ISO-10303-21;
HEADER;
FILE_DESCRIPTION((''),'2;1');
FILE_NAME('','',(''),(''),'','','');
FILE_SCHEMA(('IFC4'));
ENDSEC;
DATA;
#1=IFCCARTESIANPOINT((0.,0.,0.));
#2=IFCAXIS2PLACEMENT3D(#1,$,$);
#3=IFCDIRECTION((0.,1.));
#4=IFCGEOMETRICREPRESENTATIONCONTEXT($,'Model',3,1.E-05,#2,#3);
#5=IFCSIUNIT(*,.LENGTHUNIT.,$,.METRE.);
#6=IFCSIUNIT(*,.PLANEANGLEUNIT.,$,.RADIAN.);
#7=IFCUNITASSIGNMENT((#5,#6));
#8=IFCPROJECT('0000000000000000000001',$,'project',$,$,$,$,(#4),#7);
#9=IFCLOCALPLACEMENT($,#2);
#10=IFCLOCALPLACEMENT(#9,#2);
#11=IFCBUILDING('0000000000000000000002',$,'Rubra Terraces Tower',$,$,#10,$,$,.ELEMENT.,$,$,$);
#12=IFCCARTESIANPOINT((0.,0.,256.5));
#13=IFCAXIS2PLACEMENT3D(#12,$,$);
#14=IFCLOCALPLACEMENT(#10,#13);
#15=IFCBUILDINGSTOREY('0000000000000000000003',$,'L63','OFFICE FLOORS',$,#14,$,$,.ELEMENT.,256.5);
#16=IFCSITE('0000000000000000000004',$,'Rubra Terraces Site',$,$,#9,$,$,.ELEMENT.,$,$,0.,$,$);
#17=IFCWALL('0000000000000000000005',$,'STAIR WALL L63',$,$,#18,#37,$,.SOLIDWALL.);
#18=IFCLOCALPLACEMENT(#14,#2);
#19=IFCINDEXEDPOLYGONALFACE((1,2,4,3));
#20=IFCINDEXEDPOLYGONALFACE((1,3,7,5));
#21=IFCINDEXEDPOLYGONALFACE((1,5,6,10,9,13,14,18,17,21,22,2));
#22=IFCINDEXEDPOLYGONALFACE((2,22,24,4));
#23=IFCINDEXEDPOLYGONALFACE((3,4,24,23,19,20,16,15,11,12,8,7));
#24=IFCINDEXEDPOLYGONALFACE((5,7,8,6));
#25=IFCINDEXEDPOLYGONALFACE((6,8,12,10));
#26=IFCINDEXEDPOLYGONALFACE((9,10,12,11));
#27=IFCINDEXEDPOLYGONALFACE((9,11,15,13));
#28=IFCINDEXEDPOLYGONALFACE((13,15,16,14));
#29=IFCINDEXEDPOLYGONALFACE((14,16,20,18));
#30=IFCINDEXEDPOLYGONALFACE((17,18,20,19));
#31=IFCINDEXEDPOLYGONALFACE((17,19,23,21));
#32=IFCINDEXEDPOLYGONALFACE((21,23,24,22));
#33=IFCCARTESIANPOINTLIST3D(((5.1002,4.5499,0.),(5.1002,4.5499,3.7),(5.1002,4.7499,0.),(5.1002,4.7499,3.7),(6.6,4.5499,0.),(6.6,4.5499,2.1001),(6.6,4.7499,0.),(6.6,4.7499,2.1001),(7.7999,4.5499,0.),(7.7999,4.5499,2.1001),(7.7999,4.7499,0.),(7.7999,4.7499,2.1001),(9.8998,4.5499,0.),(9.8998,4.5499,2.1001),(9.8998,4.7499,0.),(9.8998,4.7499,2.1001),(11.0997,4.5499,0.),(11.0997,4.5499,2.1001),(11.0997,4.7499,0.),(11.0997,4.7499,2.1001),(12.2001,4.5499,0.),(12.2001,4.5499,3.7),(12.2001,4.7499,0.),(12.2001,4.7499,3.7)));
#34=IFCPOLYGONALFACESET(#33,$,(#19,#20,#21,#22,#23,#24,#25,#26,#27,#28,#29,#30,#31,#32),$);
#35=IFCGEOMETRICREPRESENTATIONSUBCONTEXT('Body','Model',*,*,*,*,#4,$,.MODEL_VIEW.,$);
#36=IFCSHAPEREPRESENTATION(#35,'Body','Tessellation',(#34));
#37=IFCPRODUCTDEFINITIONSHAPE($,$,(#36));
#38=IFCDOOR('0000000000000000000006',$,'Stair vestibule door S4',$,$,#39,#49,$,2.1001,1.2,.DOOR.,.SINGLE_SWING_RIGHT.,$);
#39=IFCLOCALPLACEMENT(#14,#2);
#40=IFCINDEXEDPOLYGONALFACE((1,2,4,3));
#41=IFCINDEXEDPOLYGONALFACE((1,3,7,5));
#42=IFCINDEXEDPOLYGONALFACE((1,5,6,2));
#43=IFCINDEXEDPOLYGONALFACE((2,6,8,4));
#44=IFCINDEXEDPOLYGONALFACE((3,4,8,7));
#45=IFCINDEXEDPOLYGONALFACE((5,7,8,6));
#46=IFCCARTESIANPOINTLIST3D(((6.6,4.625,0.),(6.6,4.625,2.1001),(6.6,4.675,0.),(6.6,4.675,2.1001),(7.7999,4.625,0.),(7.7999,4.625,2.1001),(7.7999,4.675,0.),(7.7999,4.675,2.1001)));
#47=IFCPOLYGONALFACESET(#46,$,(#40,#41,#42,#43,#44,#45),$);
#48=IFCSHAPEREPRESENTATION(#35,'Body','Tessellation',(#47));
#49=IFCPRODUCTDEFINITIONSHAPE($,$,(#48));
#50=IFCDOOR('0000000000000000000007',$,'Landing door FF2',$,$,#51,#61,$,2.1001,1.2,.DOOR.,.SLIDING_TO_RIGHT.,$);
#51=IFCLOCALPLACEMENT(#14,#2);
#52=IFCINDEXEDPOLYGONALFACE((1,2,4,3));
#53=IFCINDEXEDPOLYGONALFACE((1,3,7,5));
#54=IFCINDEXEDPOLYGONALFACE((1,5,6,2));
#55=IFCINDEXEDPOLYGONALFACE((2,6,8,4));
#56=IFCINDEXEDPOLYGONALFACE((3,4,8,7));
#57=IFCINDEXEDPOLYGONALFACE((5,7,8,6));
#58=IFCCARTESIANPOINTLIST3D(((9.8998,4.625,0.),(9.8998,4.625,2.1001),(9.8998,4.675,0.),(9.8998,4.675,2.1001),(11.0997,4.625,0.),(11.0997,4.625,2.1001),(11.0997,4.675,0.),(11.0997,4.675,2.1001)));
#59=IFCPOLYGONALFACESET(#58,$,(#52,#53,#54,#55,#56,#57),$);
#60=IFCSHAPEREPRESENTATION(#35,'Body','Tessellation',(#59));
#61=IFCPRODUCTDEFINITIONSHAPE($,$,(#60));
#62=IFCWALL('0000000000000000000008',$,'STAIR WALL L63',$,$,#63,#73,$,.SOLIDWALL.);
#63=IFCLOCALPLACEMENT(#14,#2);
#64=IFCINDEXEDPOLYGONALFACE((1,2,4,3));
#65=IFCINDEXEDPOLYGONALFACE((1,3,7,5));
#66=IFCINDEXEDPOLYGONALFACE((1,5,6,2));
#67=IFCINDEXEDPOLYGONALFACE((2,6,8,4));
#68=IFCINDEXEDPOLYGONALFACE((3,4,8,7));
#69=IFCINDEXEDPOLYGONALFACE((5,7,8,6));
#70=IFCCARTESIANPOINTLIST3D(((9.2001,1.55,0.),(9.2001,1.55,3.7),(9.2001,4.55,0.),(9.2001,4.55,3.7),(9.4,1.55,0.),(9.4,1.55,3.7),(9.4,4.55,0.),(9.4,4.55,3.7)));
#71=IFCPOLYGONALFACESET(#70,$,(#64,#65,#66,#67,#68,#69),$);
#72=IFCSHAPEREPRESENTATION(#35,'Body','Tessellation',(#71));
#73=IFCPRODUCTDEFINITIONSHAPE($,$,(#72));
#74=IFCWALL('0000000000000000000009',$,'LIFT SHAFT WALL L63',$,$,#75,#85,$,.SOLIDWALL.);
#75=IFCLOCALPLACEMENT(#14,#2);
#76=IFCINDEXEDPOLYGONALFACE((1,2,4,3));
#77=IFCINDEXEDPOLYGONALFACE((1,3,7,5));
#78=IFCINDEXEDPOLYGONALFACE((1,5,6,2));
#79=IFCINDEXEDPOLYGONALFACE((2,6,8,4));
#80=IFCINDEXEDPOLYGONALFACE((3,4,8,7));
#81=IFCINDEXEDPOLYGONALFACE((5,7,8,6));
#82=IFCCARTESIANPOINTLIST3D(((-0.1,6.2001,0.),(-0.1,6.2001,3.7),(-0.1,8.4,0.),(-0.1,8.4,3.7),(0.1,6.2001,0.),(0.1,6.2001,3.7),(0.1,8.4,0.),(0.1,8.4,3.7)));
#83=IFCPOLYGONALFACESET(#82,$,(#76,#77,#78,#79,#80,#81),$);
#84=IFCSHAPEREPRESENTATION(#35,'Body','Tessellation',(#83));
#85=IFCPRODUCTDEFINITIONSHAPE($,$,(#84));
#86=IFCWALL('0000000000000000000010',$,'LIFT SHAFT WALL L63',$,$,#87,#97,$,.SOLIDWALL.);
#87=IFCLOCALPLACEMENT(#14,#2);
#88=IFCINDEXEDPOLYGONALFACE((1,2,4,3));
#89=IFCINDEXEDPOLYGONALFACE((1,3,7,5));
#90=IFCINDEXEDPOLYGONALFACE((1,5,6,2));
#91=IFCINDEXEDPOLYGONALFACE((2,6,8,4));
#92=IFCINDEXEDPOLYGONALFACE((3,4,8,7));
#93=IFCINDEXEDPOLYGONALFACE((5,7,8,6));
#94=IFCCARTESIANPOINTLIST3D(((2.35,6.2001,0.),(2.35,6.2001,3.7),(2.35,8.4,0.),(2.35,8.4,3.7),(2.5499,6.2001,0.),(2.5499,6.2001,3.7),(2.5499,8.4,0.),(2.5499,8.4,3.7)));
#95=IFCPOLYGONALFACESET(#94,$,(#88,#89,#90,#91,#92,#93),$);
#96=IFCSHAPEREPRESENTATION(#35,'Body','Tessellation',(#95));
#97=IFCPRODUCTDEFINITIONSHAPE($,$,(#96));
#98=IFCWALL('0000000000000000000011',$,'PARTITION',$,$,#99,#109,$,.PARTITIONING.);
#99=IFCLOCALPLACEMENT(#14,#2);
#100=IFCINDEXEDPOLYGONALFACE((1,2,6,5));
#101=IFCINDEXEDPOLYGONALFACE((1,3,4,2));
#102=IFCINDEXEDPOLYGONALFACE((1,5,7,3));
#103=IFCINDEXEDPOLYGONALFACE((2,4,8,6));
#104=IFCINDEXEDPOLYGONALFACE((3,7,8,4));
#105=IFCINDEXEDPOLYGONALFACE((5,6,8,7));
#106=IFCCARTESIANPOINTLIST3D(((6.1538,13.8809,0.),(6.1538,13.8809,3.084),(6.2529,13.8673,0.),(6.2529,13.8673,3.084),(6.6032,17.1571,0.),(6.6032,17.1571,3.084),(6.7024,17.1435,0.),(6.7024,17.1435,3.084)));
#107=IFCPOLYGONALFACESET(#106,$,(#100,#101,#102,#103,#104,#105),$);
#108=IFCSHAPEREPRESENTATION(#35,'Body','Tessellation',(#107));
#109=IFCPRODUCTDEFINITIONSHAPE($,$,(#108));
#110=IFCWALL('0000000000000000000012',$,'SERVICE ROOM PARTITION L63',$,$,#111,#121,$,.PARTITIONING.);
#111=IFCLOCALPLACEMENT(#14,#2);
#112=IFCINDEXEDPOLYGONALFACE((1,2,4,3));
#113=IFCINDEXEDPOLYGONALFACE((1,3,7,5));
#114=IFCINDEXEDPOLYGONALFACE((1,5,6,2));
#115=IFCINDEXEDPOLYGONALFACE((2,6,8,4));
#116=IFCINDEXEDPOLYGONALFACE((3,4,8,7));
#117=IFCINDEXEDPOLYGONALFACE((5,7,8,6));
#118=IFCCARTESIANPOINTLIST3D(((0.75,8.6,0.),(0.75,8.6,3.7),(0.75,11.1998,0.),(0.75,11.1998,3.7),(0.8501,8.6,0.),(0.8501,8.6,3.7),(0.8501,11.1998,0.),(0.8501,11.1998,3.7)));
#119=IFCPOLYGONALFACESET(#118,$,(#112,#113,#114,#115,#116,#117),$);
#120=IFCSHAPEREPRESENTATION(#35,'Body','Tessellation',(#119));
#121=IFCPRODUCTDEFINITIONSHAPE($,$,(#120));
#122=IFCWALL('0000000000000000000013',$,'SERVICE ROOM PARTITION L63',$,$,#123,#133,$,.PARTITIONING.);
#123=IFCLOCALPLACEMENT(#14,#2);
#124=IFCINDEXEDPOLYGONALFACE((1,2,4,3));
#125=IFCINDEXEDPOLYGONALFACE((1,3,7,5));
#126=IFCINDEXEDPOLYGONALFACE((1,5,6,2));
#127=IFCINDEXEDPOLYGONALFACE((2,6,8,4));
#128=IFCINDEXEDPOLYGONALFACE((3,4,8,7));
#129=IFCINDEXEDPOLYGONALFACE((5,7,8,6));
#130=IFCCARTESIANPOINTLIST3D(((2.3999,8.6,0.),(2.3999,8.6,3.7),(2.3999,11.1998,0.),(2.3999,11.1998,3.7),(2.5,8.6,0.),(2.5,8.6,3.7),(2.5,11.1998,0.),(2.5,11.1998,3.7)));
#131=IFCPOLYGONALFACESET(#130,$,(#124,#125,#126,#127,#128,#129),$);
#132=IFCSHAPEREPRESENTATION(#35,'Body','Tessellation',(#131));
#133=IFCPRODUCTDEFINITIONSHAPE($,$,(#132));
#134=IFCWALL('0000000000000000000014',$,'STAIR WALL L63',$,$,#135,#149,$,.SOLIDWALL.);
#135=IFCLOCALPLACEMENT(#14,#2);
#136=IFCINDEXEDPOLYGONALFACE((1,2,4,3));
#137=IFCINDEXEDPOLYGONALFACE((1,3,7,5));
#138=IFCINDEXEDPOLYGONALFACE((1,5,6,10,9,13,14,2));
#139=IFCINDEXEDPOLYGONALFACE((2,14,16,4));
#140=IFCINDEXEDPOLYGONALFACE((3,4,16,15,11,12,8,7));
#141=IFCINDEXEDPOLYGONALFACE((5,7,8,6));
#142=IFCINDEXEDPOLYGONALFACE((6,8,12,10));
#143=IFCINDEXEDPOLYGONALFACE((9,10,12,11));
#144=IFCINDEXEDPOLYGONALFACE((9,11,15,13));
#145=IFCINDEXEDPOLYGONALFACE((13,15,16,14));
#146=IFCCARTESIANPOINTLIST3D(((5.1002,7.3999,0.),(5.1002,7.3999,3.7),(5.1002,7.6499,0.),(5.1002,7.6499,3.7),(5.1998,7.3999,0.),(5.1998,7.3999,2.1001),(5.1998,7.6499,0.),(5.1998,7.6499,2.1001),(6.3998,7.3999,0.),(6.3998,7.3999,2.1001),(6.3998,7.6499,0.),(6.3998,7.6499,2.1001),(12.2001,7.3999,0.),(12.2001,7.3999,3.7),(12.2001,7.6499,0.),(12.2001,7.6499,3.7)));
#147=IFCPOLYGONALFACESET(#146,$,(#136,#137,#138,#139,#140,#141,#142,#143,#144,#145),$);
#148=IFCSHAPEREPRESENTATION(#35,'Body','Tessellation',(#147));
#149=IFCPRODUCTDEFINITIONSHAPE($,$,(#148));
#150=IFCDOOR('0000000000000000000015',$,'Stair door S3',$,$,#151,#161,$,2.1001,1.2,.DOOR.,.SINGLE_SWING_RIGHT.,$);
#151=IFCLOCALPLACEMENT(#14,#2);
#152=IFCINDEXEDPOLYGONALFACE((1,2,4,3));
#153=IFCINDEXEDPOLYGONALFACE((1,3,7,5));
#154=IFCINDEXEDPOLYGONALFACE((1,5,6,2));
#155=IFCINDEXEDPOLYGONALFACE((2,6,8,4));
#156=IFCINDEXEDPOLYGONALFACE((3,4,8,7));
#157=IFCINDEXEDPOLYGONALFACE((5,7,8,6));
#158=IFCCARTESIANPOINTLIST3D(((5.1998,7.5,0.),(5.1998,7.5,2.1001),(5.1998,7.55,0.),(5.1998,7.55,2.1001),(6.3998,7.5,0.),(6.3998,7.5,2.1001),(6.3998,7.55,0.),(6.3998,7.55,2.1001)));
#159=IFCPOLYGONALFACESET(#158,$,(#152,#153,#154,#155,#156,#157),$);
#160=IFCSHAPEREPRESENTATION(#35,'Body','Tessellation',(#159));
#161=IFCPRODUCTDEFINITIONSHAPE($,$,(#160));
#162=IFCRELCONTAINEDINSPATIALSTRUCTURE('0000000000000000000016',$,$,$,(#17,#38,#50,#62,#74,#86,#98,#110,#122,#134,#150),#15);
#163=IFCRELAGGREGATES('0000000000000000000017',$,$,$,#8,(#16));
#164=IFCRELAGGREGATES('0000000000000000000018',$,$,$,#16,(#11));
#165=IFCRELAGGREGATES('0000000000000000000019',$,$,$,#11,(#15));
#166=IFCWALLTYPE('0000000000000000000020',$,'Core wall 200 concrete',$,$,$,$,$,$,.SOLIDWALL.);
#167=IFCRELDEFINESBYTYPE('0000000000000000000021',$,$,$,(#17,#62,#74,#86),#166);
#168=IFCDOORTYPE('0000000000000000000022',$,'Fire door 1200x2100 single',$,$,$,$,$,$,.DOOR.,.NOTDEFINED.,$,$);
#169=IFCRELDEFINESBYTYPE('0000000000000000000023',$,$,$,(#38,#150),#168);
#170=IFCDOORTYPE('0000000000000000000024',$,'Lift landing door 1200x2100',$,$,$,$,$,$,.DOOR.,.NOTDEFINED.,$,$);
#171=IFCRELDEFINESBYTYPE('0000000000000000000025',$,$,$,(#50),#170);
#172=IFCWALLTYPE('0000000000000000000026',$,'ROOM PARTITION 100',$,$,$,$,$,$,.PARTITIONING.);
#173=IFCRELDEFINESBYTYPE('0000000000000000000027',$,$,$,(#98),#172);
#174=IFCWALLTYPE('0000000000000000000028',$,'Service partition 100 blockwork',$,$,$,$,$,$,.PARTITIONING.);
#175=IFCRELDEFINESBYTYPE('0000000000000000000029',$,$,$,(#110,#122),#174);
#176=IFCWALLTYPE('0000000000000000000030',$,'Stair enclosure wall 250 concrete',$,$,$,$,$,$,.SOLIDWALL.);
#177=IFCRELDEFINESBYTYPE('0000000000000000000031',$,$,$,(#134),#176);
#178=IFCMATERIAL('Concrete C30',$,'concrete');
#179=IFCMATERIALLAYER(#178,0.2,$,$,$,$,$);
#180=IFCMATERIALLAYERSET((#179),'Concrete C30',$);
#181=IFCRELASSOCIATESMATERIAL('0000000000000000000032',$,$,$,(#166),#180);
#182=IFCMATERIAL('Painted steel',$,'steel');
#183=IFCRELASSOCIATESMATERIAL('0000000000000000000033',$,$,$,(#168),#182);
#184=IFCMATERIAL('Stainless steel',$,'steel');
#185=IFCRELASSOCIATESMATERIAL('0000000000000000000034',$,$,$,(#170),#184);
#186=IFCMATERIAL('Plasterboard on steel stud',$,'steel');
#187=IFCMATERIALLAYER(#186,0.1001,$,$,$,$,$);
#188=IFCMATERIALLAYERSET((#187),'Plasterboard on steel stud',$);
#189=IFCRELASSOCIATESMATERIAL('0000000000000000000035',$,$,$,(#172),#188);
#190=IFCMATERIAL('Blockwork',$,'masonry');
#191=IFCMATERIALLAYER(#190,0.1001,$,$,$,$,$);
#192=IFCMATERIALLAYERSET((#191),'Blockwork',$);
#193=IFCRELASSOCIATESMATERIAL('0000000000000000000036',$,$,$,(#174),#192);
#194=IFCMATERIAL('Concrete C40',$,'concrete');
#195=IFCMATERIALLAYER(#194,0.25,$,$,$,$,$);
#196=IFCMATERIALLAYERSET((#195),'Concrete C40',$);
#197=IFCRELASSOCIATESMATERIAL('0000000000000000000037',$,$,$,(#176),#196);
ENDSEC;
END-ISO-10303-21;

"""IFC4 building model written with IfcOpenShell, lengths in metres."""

from ifc_helpers import new_model, si_unit, direction, frame, frame_2d, origin, place, context, subcontext, project, spatial, rectangle, extrude, material, layer, layer_set, type_object, element, fill, save


model = new_model("IFC4")

# Units and contexts
model_context = context("Model", 3, precision=1e-05, world=origin(), true_north=direction((0.0, 1.0)))
body_context = subcontext(model_context, "Body", "Model", "MODEL_VIEW")
ifc_project = project(units=[si_unit("LENGTHUNIT", "METRE"), si_unit("PLANEANGLEUNIT", "RADIAN")], contexts=[model_context])

# Site, building, storey
site_placement = place(None, origin())
site = spatial("IfcSite", under=ifc_project, at=site_placement, Name="Rubra Terraces Site", CompositionType="ELEMENT", RefElevation=0.0)
building_placement = place(site_placement, origin())
building = spatial("IfcBuilding", under=site, at=building_placement, Name="Rubra Terraces Tower", CompositionType="ELEMENT")
storey_placement = place(building_placement, frame((0.0, 0.0, 256.5)))
storey = spatial("IfcBuildingStorey", under=building, at=storey_placement, Name="L63", Description="OFFICE FLOORS", CompositionType="ELEMENT", Elevation=256.5)

# Shared definitions
ifc_material_1 = material(Name="Concrete C40", Category="concrete")

# Wall, openings, doors
ifc_material_2 = material(Name="Concrete C30", Category="concrete")
ifc_layer_1 = layer(ifc_material_2, 0.2)
ifc_layer_set_1 = layer_set([ifc_layer_1], Name="Concrete C30")
wall_type_1 = type_object("IfcWallType", Name="Core wall 200 concrete", PredefinedType="SOLIDWALL", material=ifc_layer_set_1)
wall_1_placement = place(storey_placement, frame((12.2, 4.6499, 0.0), z_axis=(0.0, 0.0, 1.0), x_axis=(-1.0, 0.0, 0.0)))
wall_1 = element("IfcWall", 1, at=wall_1_placement, inside=storey, type_object=wall_type_1, Name="STAIR WALL L63", PredefinedType="SOLIDWALL", context=body_context, shape_type="SweptSolid", body=[
    extrude(rectangle(XDim=7.0999, YDim=0.2, at=frame_2d((3.5498, 0.0))), origin(), (0.0, 0.0, 1.0), 3.7),
])
opening_1_placement = place(wall_1_placement, frame((4.3999, 0.0, 0.0)))
opening_1 = element("IfcOpeningElement", 2, at=opening_1_placement, cuts=wall_1, PredefinedType="OPENING", context=body_context, shape_type="SweptSolid", body=[
    extrude(rectangle(XDim=1.2, YDim=2.1001, at=frame_2d((0.6001, 1.05))), frame((0.0, 0.1099, 0.0), z_axis=(0.0, -1.0, 0.0), x_axis=(1.0, 0.0, 0.0)), (0.0, 0.0, 1.0), 0.22),
])
opening_2_placement = place(wall_1_placement, frame((1.1001, 0.0, 0.0)))
opening_2 = element("IfcOpeningElement", 3, at=opening_2_placement, cuts=wall_1, PredefinedType="OPENING", context=body_context, shape_type="SweptSolid", body=[
    extrude(rectangle(XDim=1.2, YDim=2.1001, at=frame_2d((0.6001, 1.05))), frame((0.0, 0.1099, 0.0), z_axis=(0.0, -1.0, 0.0), x_axis=(1.0, 0.0, 0.0)), (0.0, 0.0, 1.0), 0.22),
])
ifc_material_3 = material(Name="Painted steel", Category="steel")
door_type_1 = type_object("IfcDoorType", Name="Fire door 1200x2100 single", OperationType="NOTDEFINED", PredefinedType="DOOR", material=ifc_material_3)
door_1_placement = place(opening_1_placement, origin())
door_1 = element("IfcDoor", 4, at=door_1_placement, inside=storey, type_object=door_type_1, Name="Stair vestibule door S4", OperationType="SINGLE_SWING_RIGHT", OverallHeight=2.1001, OverallWidth=1.2, PredefinedType="DOOR", context=body_context, shape_type="SweptSolid", body=[
    extrude(rectangle(XDim=1.2, YDim=2.1001, at=frame_2d((0.6001, 1.05))), frame((0.0, 0.0249, 0.0), z_axis=(0.0, -1.0, 0.0), x_axis=(1.0, 0.0, 0.0)), (0.0, 0.0, 1.0), 0.05),
])
fill(opening_1, door_1)
ifc_material_4 = material(Name="Stainless steel", Category="steel")
door_type_2 = type_object("IfcDoorType", Name="Lift landing door 1200x2100", OperationType="NOTDEFINED", PredefinedType="DOOR", material=ifc_material_4)
door_2_placement = place(opening_2_placement, origin())
door_2 = element("IfcDoor", 5, at=door_2_placement, inside=storey, type_object=door_type_2, Name="Landing door FF2", OperationType="SLIDING_TO_RIGHT", OverallHeight=2.1001, OverallWidth=1.2, PredefinedType="DOOR", context=body_context, shape_type="SweptSolid", body=[
    extrude(rectangle(XDim=1.2, YDim=2.1001, at=frame_2d((0.6001, 1.05))), frame((0.0, 0.0249, 0.0), z_axis=(0.0, -1.0, 0.0), x_axis=(1.0, 0.0, 0.0)), (0.0, 0.0, 1.0), 0.05),
])
fill(opening_2, door_2)

# Walls
wall_2_placement = place(storey_placement, frame((9.3, 4.55, 0.0), z_axis=(0.0, 0.0, 1.0), x_axis=(0.0, -1.0, 0.0)))
element("IfcWall", 6, at=wall_2_placement, inside=storey, type_object=wall_type_1, Name="STAIR WALL L63", PredefinedType="SOLIDWALL", context=body_context, shape_type="SweptSolid", body=[
    extrude(rectangle(XDim=3.0, YDim=0.2, at=frame_2d((1.5, 0.0))), origin(), (0.0, 0.0, 1.0), 3.7),
])
for number, where, z_axis, x_axis, name in (
    (7, (0.0, 6.2, 0.0), (0.0, 0.0, 1.0), (0.0, 1.0, 0.0), "LIFT SHAFT WALL L63"),
    (8, (2.45, 6.2, 0.0), (0.0, 0.0, 1.0), (0.0, 1.0, 0.0), "LIFT SHAFT WALL L63"),
):
    element("IfcWall", number, at=place(storey_placement, frame(where, z_axis=z_axis, x_axis=x_axis)), inside=storey, type_object=wall_type_1, Name=name, PredefinedType="SOLIDWALL", context=body_context, shape_type="SweptSolid", body=[
        extrude(rectangle(XDim=2.2, YDim=0.2, at=frame_2d((1.1001, 0.0))), origin(), (0.0, 0.0, 1.0), 3.7),
    ])
ifc_material_5 = material(Name="Plasterboard on steel stud", Category="steel")
ifc_layer_2 = layer(ifc_material_5, 0.1001)
ifc_layer_set_2 = layer_set([ifc_layer_2], Name="Plasterboard on steel stud")
wall_type_2 = type_object("IfcWallType", Name="ROOM PARTITION 100", PredefinedType="PARTITIONING", material=ifc_layer_set_2)
wall_3_placement = place(storey_placement, frame((6.2034, 13.8743, 0.0), z_axis=(0.0, 0.0, 1.0), x_axis=(0.13592, 0.99072, 0.0)))
element("IfcWall", 9, at=wall_3_placement, inside=storey, type_object=wall_type_2, Name="PARTITION", PredefinedType="PARTITIONING", context=body_context, shape_type="SweptSolid", body=[
    extrude(rectangle(XDim=3.3069, YDim=0.1001, at=frame_2d((1.6533, 0.0))), origin(), (0.0, 0.0, 1.0), 3.084),
])
ifc_material_6 = material(Name="Blockwork", Category="masonry")
ifc_layer_3 = layer(ifc_material_6, 0.1001)
ifc_layer_set_3 = layer_set([ifc_layer_3], Name="Blockwork")
wall_type_3 = type_object("IfcWallType", Name="Service partition 100 blockwork", PredefinedType="PARTITIONING", material=ifc_layer_set_3)
for number, where, z_axis, x_axis, name in (
    (10, (0.8, 8.6001, 0.0), (0.0, 0.0, 1.0), (0.0, 1.0, 0.0), "SERVICE ROOM PARTITION L63"),
    (11, (2.45, 8.6001, 0.0), (0.0, 0.0, 1.0), (0.0, 1.0, 0.0), "SERVICE ROOM PARTITION L63"),
):
    element("IfcWall", number, at=place(storey_placement, frame(where, z_axis=z_axis, x_axis=x_axis)), inside=storey, type_object=wall_type_3, Name=name, PredefinedType="PARTITIONING", context=body_context, shape_type="SweptSolid", body=[
        extrude(rectangle(XDim=2.5999, YDim=0.1001, at=frame_2d((1.2998, 0.0))), origin(), (0.0, 0.0, 1.0), 3.7),
    ])

# Wall, opening, door
ifc_layer_4 = layer(ifc_material_1, 0.25)
ifc_layer_set_4 = layer_set([ifc_layer_4], Name="Concrete C40")
wall_type_4 = type_object("IfcWallType", Name="Stair enclosure wall 250 concrete", PredefinedType="SOLIDWALL", material=ifc_layer_set_4)
wall_4_placement = place(storey_placement, frame((12.2, 7.5249, 0.0), z_axis=(0.0, 0.0, 1.0), x_axis=(-1.0, 0.0, 0.0)))
wall_4 = element("IfcWall", 12, at=wall_4_placement, inside=storey, type_object=wall_type_4, Name="STAIR WALL L63", PredefinedType="SOLIDWALL", context=body_context, shape_type="SweptSolid", body=[
    extrude(rectangle(XDim=7.0999, YDim=0.25, at=frame_2d((3.5498, 0.0))), origin(), (0.0, 0.0, 1.0), 3.7),
])
opening_3_placement = place(wall_4_placement, frame((5.8, 0.0, 0.0)))
opening_3 = element("IfcOpeningElement", 13, at=opening_3_placement, cuts=wall_4, PredefinedType="OPENING", context=body_context, shape_type="SweptSolid", body=[
    extrude(rectangle(XDim=1.2, YDim=2.1001, at=frame_2d((0.6001, 1.05))), frame((0.0, 0.135, 0.0), z_axis=(0.0, -1.0, 0.0), x_axis=(1.0, 0.0, 0.0)), (0.0, 0.0, 1.0), 0.27),
])
door_3_placement = place(opening_3_placement, origin())
door_3 = element("IfcDoor", 14, at=door_3_placement, inside=storey, type_object=door_type_1, Name="Stair door S3", OperationType="SINGLE_SWING_RIGHT", OverallHeight=2.1001, OverallWidth=1.2, PredefinedType="DOOR", context=body_context, shape_type="SweptSolid", body=[
    extrude(rectangle(XDim=1.2, YDim=2.1001, at=frame_2d((0.6001, 1.05))), frame((0.0, 0.0249, 0.0), z_axis=(0.0, -1.0, 0.0), x_axis=(1.0, 0.0, 0.0)), (0.0, 0.0, 1.0), 0.05),
])
fill(opening_3, door_3)

save(model, "model.ifc")
